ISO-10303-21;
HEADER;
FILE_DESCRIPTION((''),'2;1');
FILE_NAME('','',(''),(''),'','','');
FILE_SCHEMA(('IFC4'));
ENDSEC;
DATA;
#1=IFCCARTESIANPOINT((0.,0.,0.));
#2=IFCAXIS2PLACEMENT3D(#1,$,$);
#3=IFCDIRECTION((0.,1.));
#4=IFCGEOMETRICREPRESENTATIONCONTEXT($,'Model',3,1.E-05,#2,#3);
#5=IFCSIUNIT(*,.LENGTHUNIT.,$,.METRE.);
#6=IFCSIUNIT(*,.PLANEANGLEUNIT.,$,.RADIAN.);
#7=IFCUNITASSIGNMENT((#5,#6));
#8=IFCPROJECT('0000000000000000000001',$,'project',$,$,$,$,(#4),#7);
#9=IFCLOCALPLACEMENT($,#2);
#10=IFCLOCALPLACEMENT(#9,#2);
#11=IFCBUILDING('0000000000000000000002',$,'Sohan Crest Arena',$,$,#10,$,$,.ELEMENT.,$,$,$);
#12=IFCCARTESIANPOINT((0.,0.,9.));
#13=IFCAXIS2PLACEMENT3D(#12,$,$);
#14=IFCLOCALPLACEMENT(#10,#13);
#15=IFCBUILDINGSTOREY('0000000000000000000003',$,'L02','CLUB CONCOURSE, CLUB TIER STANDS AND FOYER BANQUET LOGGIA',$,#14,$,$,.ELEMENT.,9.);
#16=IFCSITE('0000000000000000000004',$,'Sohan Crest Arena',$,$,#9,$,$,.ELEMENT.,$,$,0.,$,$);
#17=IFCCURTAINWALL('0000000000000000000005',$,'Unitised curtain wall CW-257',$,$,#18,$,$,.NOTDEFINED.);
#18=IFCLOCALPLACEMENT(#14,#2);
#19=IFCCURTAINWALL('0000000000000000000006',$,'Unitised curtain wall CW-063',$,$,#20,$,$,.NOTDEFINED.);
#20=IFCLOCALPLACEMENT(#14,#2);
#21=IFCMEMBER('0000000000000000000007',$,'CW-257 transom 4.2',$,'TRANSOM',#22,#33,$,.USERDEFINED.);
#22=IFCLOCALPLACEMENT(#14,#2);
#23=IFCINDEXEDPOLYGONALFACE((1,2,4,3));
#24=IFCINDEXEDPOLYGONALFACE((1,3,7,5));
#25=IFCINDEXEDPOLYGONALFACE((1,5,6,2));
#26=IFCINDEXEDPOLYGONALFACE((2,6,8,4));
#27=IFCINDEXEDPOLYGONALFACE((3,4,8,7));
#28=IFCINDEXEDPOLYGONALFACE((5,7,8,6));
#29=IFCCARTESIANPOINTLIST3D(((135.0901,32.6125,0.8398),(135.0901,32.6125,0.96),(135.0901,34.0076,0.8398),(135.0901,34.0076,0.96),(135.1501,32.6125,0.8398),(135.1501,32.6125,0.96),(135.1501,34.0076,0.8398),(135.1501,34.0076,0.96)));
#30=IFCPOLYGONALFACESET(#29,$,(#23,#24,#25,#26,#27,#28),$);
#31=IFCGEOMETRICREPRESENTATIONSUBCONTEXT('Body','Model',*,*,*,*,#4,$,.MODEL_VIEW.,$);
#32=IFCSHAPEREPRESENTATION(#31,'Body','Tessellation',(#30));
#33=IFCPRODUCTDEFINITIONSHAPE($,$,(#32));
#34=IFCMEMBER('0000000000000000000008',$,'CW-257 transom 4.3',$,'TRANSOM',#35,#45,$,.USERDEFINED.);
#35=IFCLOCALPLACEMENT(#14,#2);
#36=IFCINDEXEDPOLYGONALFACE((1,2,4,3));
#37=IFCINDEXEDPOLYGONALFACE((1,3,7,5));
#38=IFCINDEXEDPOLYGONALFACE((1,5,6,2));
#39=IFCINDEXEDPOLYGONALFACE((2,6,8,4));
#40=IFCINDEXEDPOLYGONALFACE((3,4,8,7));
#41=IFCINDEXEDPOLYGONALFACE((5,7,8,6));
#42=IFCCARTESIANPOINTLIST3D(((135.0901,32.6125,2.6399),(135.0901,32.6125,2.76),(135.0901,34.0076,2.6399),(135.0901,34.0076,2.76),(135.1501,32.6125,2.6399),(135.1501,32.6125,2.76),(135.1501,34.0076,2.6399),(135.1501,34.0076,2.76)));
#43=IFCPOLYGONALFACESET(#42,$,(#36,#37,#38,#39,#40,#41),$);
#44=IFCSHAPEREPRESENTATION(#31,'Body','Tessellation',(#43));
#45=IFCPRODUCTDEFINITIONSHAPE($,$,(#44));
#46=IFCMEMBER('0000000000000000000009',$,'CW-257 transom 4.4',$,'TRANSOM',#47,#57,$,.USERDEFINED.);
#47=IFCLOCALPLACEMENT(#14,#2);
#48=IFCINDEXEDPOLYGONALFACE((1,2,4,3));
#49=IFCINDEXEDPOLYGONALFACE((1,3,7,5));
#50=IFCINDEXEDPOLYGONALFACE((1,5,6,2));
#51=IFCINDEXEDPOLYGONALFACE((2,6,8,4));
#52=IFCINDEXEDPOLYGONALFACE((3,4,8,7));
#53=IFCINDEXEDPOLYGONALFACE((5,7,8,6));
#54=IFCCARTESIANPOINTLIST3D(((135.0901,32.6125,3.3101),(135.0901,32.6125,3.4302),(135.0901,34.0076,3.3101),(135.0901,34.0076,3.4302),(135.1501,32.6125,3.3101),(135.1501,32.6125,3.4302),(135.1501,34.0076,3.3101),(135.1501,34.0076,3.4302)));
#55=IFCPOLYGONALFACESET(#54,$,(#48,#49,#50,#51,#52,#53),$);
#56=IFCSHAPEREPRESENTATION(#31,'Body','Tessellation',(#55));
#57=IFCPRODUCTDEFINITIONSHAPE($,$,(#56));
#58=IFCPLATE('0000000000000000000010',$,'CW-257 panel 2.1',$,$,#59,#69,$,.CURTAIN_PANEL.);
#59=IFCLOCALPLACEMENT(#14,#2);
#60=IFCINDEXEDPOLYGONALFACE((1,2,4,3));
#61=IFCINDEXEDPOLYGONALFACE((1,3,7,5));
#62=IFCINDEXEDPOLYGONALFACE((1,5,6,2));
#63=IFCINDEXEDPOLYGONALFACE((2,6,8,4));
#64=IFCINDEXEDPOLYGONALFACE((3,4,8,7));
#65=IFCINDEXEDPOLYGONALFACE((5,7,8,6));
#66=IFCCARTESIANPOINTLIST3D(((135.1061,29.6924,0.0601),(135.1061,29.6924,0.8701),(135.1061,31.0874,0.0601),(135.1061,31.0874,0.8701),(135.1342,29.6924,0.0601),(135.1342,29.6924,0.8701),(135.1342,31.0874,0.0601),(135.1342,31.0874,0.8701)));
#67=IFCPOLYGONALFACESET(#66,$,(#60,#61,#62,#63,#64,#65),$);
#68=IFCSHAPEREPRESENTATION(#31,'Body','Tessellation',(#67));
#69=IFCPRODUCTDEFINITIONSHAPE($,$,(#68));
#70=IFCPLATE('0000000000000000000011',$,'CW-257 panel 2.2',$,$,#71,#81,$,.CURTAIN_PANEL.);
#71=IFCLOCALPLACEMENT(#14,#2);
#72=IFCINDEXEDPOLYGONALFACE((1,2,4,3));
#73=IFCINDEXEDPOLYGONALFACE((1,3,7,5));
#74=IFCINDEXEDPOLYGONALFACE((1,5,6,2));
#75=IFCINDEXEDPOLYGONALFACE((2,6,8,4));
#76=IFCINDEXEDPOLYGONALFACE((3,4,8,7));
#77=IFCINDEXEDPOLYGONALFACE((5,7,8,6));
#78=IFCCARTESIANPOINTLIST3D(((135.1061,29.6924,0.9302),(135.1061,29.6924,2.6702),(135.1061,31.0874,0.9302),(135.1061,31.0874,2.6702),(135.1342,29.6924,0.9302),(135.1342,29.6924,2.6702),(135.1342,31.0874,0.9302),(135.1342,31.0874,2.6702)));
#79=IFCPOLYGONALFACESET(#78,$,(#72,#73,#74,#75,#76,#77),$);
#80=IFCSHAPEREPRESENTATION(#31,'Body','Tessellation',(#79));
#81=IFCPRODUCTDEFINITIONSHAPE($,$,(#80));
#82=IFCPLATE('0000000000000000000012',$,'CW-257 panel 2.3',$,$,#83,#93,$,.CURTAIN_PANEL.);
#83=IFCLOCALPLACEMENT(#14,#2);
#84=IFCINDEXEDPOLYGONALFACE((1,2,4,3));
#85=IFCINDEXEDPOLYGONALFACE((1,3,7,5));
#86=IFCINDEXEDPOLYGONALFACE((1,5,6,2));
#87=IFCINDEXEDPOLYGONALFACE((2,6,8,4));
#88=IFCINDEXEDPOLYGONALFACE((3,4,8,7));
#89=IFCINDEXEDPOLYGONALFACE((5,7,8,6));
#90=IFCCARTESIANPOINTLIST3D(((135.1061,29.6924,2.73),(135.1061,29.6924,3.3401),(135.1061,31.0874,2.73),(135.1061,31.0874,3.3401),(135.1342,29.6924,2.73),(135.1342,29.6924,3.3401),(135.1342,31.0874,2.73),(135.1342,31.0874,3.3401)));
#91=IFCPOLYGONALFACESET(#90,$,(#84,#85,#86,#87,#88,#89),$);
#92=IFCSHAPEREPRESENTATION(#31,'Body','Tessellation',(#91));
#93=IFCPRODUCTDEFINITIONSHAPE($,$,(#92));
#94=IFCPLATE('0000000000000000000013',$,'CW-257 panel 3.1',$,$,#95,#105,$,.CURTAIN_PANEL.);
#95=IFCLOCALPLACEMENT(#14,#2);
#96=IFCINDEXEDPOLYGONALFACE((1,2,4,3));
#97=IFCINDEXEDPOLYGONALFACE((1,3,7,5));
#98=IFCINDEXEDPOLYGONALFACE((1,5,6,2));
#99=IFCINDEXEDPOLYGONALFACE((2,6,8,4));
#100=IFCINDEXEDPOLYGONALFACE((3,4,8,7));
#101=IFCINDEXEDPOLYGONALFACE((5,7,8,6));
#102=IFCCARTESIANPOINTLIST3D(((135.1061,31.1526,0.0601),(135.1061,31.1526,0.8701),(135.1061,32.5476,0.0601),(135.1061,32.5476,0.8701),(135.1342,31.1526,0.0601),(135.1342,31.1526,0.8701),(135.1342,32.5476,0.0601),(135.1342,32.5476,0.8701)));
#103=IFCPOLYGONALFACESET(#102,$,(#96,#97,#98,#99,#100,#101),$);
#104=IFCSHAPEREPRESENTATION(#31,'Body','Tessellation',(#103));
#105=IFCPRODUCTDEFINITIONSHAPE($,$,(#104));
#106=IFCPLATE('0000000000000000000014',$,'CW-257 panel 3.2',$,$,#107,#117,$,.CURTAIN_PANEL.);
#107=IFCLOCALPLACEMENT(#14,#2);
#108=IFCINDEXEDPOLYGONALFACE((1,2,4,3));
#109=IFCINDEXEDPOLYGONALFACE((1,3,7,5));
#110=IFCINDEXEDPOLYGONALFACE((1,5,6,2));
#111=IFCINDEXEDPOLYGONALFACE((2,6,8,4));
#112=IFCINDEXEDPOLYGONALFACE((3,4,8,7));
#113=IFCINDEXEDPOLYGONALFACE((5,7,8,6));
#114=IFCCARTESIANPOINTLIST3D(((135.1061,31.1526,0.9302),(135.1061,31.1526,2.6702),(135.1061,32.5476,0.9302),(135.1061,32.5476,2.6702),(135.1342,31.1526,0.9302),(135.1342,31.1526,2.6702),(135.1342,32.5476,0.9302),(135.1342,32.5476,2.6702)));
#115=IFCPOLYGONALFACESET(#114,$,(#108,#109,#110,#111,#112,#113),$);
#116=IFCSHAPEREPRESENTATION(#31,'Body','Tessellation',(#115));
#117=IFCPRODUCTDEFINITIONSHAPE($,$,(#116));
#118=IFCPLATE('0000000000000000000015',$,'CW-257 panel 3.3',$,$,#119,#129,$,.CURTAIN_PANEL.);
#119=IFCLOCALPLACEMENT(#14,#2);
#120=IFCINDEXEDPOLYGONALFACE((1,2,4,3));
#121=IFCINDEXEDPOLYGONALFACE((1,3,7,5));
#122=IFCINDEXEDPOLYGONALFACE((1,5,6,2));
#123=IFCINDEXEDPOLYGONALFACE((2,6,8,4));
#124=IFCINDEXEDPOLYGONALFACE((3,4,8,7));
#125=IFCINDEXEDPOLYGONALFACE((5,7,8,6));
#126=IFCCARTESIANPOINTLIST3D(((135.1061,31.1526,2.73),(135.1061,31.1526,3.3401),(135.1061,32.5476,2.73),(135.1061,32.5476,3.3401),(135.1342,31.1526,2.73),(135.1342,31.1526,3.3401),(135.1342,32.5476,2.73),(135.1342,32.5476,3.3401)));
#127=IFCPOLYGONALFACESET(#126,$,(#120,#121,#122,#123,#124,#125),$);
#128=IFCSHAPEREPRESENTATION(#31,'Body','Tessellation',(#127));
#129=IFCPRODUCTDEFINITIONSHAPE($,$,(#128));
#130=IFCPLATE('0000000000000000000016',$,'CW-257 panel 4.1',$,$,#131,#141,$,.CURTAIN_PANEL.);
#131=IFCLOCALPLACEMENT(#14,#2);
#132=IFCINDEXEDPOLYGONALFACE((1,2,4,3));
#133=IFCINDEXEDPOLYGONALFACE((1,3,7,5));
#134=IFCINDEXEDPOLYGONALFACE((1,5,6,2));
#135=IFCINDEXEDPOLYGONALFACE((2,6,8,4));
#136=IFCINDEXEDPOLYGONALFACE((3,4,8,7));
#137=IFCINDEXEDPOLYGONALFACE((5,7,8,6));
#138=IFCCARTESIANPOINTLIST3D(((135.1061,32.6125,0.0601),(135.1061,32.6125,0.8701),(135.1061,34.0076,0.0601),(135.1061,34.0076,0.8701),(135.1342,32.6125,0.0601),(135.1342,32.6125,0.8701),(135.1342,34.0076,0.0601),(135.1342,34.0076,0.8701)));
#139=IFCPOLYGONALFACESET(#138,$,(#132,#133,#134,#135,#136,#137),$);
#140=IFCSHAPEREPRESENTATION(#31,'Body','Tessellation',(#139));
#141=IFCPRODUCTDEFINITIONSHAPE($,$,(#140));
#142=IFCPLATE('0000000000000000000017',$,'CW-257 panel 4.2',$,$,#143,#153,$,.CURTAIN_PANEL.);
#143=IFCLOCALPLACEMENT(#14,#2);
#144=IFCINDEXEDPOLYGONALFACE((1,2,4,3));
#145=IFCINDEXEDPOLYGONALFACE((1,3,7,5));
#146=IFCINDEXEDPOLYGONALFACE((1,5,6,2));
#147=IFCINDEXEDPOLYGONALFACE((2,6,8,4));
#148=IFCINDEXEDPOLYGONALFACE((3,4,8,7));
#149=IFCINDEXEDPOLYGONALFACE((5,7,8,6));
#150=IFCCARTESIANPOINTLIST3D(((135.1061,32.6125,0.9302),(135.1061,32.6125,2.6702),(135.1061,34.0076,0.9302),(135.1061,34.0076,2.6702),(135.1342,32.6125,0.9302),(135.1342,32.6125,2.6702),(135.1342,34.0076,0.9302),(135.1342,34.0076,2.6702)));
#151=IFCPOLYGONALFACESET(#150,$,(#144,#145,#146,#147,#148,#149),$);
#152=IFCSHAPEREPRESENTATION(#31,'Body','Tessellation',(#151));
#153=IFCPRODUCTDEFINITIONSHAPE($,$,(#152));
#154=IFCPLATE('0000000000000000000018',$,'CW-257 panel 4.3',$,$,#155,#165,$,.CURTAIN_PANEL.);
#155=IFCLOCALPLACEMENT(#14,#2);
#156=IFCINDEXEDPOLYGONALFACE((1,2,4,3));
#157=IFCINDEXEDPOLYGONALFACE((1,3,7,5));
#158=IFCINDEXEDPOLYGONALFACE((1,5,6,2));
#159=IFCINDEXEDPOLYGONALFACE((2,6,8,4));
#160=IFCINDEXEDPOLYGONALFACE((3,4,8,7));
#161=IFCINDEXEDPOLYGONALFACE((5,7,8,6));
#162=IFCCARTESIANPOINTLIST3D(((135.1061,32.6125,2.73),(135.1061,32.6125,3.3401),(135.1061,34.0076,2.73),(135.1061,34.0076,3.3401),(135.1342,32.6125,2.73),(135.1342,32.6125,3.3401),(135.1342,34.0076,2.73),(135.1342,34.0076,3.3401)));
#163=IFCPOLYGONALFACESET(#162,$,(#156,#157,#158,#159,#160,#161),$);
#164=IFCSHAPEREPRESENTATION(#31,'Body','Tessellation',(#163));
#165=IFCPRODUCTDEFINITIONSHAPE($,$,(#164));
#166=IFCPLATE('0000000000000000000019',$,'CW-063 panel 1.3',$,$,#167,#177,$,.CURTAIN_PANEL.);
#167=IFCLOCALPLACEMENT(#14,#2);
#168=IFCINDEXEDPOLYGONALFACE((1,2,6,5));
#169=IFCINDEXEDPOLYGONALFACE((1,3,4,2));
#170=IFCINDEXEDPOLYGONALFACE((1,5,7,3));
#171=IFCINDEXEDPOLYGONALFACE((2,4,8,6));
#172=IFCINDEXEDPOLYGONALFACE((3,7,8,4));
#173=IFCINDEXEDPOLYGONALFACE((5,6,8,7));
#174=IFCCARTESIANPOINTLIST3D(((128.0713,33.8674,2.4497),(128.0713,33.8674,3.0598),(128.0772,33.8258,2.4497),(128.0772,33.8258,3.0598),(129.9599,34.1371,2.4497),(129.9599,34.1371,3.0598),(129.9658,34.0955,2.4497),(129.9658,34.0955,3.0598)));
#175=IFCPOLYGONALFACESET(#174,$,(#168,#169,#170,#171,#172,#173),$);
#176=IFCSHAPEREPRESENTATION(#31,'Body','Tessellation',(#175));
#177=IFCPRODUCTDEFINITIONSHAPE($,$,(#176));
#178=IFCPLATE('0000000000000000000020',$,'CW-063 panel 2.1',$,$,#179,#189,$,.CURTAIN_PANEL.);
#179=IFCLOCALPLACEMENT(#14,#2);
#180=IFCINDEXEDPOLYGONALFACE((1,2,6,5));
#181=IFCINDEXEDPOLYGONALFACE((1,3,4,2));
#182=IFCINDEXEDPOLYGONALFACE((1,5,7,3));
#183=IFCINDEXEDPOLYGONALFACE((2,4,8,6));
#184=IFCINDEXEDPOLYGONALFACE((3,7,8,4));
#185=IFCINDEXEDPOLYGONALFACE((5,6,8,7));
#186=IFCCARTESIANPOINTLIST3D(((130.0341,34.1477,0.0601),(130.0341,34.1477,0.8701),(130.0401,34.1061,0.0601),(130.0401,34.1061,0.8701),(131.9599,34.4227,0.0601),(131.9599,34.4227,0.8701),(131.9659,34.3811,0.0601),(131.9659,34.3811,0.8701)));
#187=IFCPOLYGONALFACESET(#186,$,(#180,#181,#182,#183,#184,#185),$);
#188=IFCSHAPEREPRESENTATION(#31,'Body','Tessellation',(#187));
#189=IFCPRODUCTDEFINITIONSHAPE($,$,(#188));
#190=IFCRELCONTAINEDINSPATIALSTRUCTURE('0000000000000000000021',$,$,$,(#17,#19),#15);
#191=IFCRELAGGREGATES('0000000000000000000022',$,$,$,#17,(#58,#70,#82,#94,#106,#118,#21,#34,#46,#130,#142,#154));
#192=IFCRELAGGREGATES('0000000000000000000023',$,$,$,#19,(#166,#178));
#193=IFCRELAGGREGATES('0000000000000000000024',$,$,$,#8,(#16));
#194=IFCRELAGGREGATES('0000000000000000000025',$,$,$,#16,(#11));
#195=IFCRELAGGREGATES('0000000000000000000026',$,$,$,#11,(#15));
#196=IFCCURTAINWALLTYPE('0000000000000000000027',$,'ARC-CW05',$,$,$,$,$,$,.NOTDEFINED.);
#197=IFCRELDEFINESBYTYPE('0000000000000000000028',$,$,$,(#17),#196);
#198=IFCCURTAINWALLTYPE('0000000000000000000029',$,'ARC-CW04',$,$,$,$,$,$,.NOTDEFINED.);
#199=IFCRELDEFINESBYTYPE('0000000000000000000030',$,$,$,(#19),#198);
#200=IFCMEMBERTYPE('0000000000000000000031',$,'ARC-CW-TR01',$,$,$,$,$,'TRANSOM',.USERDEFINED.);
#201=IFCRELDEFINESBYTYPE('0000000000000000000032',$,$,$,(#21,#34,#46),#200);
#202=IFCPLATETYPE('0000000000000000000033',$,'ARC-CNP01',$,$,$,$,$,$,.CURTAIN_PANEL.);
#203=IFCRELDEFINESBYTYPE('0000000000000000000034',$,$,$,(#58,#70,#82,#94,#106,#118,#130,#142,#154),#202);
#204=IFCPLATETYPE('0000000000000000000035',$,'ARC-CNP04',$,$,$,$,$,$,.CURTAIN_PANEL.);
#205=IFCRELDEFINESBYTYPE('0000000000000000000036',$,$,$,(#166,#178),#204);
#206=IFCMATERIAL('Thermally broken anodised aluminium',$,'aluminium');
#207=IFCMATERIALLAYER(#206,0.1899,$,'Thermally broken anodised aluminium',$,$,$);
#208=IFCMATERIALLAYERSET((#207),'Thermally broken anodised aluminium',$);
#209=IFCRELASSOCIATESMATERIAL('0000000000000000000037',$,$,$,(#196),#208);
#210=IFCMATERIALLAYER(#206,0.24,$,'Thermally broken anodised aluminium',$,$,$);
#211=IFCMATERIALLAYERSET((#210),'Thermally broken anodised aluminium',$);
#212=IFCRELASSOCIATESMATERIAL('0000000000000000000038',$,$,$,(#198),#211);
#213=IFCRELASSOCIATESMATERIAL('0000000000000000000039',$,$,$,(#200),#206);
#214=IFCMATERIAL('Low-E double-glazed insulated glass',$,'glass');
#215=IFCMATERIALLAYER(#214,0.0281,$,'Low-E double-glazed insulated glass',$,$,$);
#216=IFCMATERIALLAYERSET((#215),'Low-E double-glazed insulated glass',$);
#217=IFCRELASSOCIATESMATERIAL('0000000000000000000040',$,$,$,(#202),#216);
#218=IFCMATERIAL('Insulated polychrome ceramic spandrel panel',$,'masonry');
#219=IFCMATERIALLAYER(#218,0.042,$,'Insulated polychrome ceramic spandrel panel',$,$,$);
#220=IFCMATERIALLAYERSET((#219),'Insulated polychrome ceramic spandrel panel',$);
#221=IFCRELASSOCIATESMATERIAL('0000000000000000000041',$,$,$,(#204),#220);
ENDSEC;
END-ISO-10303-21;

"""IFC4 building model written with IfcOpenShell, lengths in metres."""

from ifc_helpers import new_model, si_unit, direction, frame, origin, origin_2d, place, context, subcontext, project, spatial, rectangle, extrude, material, layer, layer_set, material_profile, profile_set, type_object, element, aggregate, save


model = new_model("IFC4")

# Units and contexts
model_context = context("Model", 3, precision=1e-05, world=origin(), true_north=direction((0.0, 1.0)))
body_context = subcontext(model_context, "Body", "Model", "MODEL_VIEW")
ifc_project = project(units=[si_unit("LENGTHUNIT", "METRE"), si_unit("PLANEANGLEUNIT", "RADIAN")], contexts=[model_context])

# Site, building, storey
site_placement = place(None, origin())
site = spatial("IfcSite", under=ifc_project, at=site_placement, Name="Sohan Crest Arena", CompositionType="ELEMENT", RefElevation=0.0)
building_placement = place(site_placement, origin())
building = spatial("IfcBuilding", under=site, at=building_placement, Name="Sohan Crest Arena", CompositionType="ELEMENT")
storey_placement = place(building_placement, frame((0.0, 0.0, 9.0)))
storey = spatial("IfcBuildingStorey", under=building, at=storey_placement, Name="L02", Description="CLUB CONCOURSE, CLUB TIER STANDS AND FOYER BANQUET LOGGIA", CompositionType="ELEMENT", Elevation=9.0)

# Curtain walls
ifc_material_1 = material(Name="Thermally broken anodised aluminium", Category="aluminium")
ifc_layer_1 = layer(ifc_material_1, 0.1899, Name="Thermally broken anodised aluminium")
ifc_layer_set_1 = layer_set([ifc_layer_1], Name="Thermally broken anodised aluminium")
curtain_wall_type_1 = type_object("IfcCurtainWallType", Name="ARC-CW05", PredefinedType="NOTDEFINED", material=ifc_layer_set_1)
curtain_wall_1_placement = place(storey_placement, origin())
curtain_wall_1 = element("IfcCurtainWall", 1, at=curtain_wall_1_placement, inside=storey, type_object=curtain_wall_type_1, Name="Unitised curtain wall CW-257", PredefinedType="NOTDEFINED")
ifc_layer_2 = layer(ifc_material_1, 0.24, Name="Thermally broken anodised aluminium")
ifc_layer_set_2 = layer_set([ifc_layer_2], Name="Thermally broken anodised aluminium")
curtain_wall_type_2 = type_object("IfcCurtainWallType", Name="ARC-CW04", PredefinedType="NOTDEFINED", material=ifc_layer_set_2)
curtain_wall_2_placement = place(storey_placement, origin())
curtain_wall_2 = element("IfcCurtainWall", 2, at=curtain_wall_2_placement, inside=storey, type_object=curtain_wall_type_2, Name="Unitised curtain wall CW-063", PredefinedType="NOTDEFINED")
ifc_material_profile_1 = material_profile(ifc_material_1, rectangle(XDim=0.0601, YDim=0.1201, at=origin_2d()), Name="ALU-TRAN 60x120")
ifc_profile_set_1 = profile_set([ifc_material_profile_1], Name="Thermally broken anodised aluminium")
member_type_1 = type_object("IfcMemberType", Name="ARC-CW-TR01", ElementType="TRANSOM", PredefinedType="USERDEFINED", material=ifc_profile_set_1)

# Members
member_1_placement = place(storey_placement, frame((135.1201, 32.6125, 0.8999), z_axis=(0.0, 1.0, 0.0), x_axis=(-1.0, 0.0, 0.0)))
member_1 = element("IfcMember", 3, at=member_1_placement, type_object=member_type_1, Name="CW-257 transom 4.2", ObjectType="TRANSOM", PredefinedType="USERDEFINED", context=body_context, shape_type="SweptSolid", body=[
    extrude(rectangle(XDim=0.0601, YDim=0.1201, at=origin_2d()), origin(), (0.0, 0.0, 1.0), 1.395),
])
member_2_placement = place(storey_placement, frame((135.1201, 32.6125, 2.7), z_axis=(0.0, 1.0, 0.0), x_axis=(-1.0, 0.0, 0.0)))
member_2 = element("IfcMember", 4, at=member_2_placement, type_object=member_type_1, Name="CW-257 transom 4.3", ObjectType="TRANSOM", PredefinedType="USERDEFINED", context=body_context, shape_type="SweptSolid", body=[
    extrude(rectangle(XDim=0.0601, YDim=0.1201, at=origin_2d()), origin(), (0.0, 0.0, 1.0), 1.395),
])
member_3_placement = place(storey_placement, frame((135.1201, 32.6125, 3.3701), z_axis=(0.0, 1.0, 0.0), x_axis=(-1.0, 0.0, 0.0)))
member_3 = element("IfcMember", 5, at=member_3_placement, type_object=member_type_1, Name="CW-257 transom 4.4", ObjectType="TRANSOM", PredefinedType="USERDEFINED", context=body_context, shape_type="SweptSolid", body=[
    extrude(rectangle(XDim=0.0601, YDim=0.1201, at=origin_2d()), origin(), (0.0, 0.0, 1.0), 1.395),
])

# Plates
ifc_material_2 = material(Name="Low-E double-glazed insulated glass", Category="glass")
ifc_layer_3 = layer(ifc_material_2, 0.0281, Name="Low-E double-glazed insulated glass")
ifc_layer_set_3 = layer_set([ifc_layer_3], Name="Low-E double-glazed insulated glass")
plate_type_1 = type_object("IfcPlateType", Name="ARC-CNP01", PredefinedType="CURTAIN_PANEL", material=ifc_layer_set_3)
plate_1_placement = place(storey_placement, frame((135.1201, 30.3899, 0.0601), z_axis=(0.0, 0.0, 1.0), x_axis=(0.0, 1.0, 0.0)))
plate_1 = element("IfcPlate", 6, at=plate_1_placement, type_object=plate_type_1, Name="CW-257 panel 2.1", PredefinedType="CURTAIN_PANEL", context=body_context, shape_type="SweptSolid", body=[
    extrude(rectangle(XDim=1.395, YDim=0.0281, at=origin_2d()), origin(), (0.0, 0.0, 1.0), 0.8101),
])
plate_2_placement = place(storey_placement, frame((135.1201, 30.3899, 0.9302), z_axis=(0.0, 0.0, 1.0), x_axis=(0.0, 1.0, 0.0)))
plate_2 = element("IfcPlate", 7, at=plate_2_placement, type_object=plate_type_1, Name="CW-257 panel 2.2", PredefinedType="CURTAIN_PANEL", context=body_context, shape_type="SweptSolid", body=[
    extrude(rectangle(XDim=1.395, YDim=0.0281, at=origin_2d()), origin(), (0.0, 0.0, 1.0), 1.74),
])
plate_3_placement = place(storey_placement, frame((135.1201, 30.3899, 2.73), z_axis=(0.0, 0.0, 1.0), x_axis=(0.0, 1.0, 0.0)))
plate_3 = element("IfcPlate", 8, at=plate_3_placement, type_object=plate_type_1, Name="CW-257 panel 2.3", PredefinedType="CURTAIN_PANEL", context=body_context, shape_type="SweptSolid", body=[
    extrude(rectangle(XDim=1.395, YDim=0.0281, at=origin_2d()), origin(), (0.0, 0.0, 1.0), 0.6101),
])
plate_4_placement = place(storey_placement, frame((135.1201, 31.8501, 0.0601), z_axis=(0.0, 0.0, 1.0), x_axis=(0.0, 1.0, 0.0)))
plate_4 = element("IfcPlate", 9, at=plate_4_placement, type_object=plate_type_1, Name="CW-257 panel 3.1", PredefinedType="CURTAIN_PANEL", context=body_context, shape_type="SweptSolid", body=[
    extrude(rectangle(XDim=1.395, YDim=0.0281, at=origin_2d()), origin(), (0.0, 0.0, 1.0), 0.8101),
])
plate_5_placement = place(storey_placement, frame((135.1201, 31.8501, 0.9302), z_axis=(0.0, 0.0, 1.0), x_axis=(0.0, 1.0, 0.0)))
plate_5 = element("IfcPlate", 10, at=plate_5_placement, type_object=plate_type_1, Name="CW-257 panel 3.2", PredefinedType="CURTAIN_PANEL", context=body_context, shape_type="SweptSolid", body=[
    extrude(rectangle(XDim=1.395, YDim=0.0281, at=origin_2d()), origin(), (0.0, 0.0, 1.0), 1.74),
])
plate_6_placement = place(storey_placement, frame((135.1201, 31.8501, 2.73), z_axis=(0.0, 0.0, 1.0), x_axis=(0.0, 1.0, 0.0)))
plate_6 = element("IfcPlate", 11, at=plate_6_placement, type_object=plate_type_1, Name="CW-257 panel 3.3", PredefinedType="CURTAIN_PANEL", context=body_context, shape_type="SweptSolid", body=[
    extrude(rectangle(XDim=1.395, YDim=0.0281, at=origin_2d()), origin(), (0.0, 0.0, 1.0), 0.6101),
])
plate_7_placement = place(storey_placement, frame((135.1201, 33.3101, 0.0601), z_axis=(0.0, 0.0, 1.0), x_axis=(0.0, 1.0, 0.0)))
plate_7 = element("IfcPlate", 12, at=plate_7_placement, type_object=plate_type_1, Name="CW-257 panel 4.1", PredefinedType="CURTAIN_PANEL", context=body_context, shape_type="SweptSolid", body=[
    extrude(rectangle(XDim=1.395, YDim=0.0281, at=origin_2d()), origin(), (0.0, 0.0, 1.0), 0.8101),
])
plate_8_placement = place(storey_placement, frame((135.1201, 33.3101, 0.9302), z_axis=(0.0, 0.0, 1.0), x_axis=(0.0, 1.0, 0.0)))
plate_8 = element("IfcPlate", 13, at=plate_8_placement, type_object=plate_type_1, Name="CW-257 panel 4.2", PredefinedType="CURTAIN_PANEL", context=body_context, shape_type="SweptSolid", body=[
    extrude(rectangle(XDim=1.395, YDim=0.0281, at=origin_2d()), origin(), (0.0, 0.0, 1.0), 1.74),
])
plate_9_placement = place(storey_placement, frame((135.1201, 33.3101, 2.73), z_axis=(0.0, 0.0, 1.0), x_axis=(0.0, 1.0, 0.0)))
plate_9 = element("IfcPlate", 14, at=plate_9_placement, type_object=plate_type_1, Name="CW-257 panel 4.3", PredefinedType="CURTAIN_PANEL", context=body_context, shape_type="SweptSolid", body=[
    extrude(rectangle(XDim=1.395, YDim=0.0281, at=origin_2d()), origin(), (0.0, 0.0, 1.0), 0.6101),
])
aggregate(curtain_wall_1, [plate_1, plate_2, plate_3, plate_4, plate_5, plate_6, member_1, member_2, member_3, plate_7, plate_8, plate_9])
ifc_material_3 = material(Name="Insulated polychrome ceramic spandrel panel", Category="masonry")
ifc_layer_4 = layer(ifc_material_3, 0.042, Name="Insulated polychrome ceramic spandrel panel")
ifc_layer_set_4 = layer_set([ifc_layer_4], Name="Insulated polychrome ceramic spandrel panel")
plate_type_2 = type_object("IfcPlateType", Name="ARC-CNP04", PredefinedType="CURTAIN_PANEL", material=ifc_layer_set_4)
plate_10_placement = place(storey_placement, frame((129.0186, 33.9814, 2.4497), z_axis=(0.0, 0.0, 1.0), x_axis=(0.989957, 0.141366, 0.0)))
plate_10 = element("IfcPlate", 15, at=plate_10_placement, type_object=plate_type_2, Name="CW-063 panel 1.3", PredefinedType="CURTAIN_PANEL", context=body_context, shape_type="SweptSolid", body=[
    extrude(rectangle(XDim=1.9077, YDim=0.042, at=origin_2d()), origin(), (0.0, 0.0, 1.0), 0.6101),
])
plate_11_placement = place(storey_placement, frame((131.0, 34.2644, 0.0601), z_axis=(0.0, 0.0, 1.0), x_axis=(0.989957, 0.141366, 0.0)))
plate_11 = element("IfcPlate", 16, at=plate_11_placement, type_object=plate_type_2, Name="CW-063 panel 2.1", PredefinedType="CURTAIN_PANEL", context=body_context, shape_type="SweptSolid", body=[
    extrude(rectangle(XDim=1.9453, YDim=0.042, at=origin_2d()), origin(), (0.0, 0.0, 1.0), 0.8101),
])
aggregate(curtain_wall_2, [plate_10, plate_11])

save(model, "model.ifc")
